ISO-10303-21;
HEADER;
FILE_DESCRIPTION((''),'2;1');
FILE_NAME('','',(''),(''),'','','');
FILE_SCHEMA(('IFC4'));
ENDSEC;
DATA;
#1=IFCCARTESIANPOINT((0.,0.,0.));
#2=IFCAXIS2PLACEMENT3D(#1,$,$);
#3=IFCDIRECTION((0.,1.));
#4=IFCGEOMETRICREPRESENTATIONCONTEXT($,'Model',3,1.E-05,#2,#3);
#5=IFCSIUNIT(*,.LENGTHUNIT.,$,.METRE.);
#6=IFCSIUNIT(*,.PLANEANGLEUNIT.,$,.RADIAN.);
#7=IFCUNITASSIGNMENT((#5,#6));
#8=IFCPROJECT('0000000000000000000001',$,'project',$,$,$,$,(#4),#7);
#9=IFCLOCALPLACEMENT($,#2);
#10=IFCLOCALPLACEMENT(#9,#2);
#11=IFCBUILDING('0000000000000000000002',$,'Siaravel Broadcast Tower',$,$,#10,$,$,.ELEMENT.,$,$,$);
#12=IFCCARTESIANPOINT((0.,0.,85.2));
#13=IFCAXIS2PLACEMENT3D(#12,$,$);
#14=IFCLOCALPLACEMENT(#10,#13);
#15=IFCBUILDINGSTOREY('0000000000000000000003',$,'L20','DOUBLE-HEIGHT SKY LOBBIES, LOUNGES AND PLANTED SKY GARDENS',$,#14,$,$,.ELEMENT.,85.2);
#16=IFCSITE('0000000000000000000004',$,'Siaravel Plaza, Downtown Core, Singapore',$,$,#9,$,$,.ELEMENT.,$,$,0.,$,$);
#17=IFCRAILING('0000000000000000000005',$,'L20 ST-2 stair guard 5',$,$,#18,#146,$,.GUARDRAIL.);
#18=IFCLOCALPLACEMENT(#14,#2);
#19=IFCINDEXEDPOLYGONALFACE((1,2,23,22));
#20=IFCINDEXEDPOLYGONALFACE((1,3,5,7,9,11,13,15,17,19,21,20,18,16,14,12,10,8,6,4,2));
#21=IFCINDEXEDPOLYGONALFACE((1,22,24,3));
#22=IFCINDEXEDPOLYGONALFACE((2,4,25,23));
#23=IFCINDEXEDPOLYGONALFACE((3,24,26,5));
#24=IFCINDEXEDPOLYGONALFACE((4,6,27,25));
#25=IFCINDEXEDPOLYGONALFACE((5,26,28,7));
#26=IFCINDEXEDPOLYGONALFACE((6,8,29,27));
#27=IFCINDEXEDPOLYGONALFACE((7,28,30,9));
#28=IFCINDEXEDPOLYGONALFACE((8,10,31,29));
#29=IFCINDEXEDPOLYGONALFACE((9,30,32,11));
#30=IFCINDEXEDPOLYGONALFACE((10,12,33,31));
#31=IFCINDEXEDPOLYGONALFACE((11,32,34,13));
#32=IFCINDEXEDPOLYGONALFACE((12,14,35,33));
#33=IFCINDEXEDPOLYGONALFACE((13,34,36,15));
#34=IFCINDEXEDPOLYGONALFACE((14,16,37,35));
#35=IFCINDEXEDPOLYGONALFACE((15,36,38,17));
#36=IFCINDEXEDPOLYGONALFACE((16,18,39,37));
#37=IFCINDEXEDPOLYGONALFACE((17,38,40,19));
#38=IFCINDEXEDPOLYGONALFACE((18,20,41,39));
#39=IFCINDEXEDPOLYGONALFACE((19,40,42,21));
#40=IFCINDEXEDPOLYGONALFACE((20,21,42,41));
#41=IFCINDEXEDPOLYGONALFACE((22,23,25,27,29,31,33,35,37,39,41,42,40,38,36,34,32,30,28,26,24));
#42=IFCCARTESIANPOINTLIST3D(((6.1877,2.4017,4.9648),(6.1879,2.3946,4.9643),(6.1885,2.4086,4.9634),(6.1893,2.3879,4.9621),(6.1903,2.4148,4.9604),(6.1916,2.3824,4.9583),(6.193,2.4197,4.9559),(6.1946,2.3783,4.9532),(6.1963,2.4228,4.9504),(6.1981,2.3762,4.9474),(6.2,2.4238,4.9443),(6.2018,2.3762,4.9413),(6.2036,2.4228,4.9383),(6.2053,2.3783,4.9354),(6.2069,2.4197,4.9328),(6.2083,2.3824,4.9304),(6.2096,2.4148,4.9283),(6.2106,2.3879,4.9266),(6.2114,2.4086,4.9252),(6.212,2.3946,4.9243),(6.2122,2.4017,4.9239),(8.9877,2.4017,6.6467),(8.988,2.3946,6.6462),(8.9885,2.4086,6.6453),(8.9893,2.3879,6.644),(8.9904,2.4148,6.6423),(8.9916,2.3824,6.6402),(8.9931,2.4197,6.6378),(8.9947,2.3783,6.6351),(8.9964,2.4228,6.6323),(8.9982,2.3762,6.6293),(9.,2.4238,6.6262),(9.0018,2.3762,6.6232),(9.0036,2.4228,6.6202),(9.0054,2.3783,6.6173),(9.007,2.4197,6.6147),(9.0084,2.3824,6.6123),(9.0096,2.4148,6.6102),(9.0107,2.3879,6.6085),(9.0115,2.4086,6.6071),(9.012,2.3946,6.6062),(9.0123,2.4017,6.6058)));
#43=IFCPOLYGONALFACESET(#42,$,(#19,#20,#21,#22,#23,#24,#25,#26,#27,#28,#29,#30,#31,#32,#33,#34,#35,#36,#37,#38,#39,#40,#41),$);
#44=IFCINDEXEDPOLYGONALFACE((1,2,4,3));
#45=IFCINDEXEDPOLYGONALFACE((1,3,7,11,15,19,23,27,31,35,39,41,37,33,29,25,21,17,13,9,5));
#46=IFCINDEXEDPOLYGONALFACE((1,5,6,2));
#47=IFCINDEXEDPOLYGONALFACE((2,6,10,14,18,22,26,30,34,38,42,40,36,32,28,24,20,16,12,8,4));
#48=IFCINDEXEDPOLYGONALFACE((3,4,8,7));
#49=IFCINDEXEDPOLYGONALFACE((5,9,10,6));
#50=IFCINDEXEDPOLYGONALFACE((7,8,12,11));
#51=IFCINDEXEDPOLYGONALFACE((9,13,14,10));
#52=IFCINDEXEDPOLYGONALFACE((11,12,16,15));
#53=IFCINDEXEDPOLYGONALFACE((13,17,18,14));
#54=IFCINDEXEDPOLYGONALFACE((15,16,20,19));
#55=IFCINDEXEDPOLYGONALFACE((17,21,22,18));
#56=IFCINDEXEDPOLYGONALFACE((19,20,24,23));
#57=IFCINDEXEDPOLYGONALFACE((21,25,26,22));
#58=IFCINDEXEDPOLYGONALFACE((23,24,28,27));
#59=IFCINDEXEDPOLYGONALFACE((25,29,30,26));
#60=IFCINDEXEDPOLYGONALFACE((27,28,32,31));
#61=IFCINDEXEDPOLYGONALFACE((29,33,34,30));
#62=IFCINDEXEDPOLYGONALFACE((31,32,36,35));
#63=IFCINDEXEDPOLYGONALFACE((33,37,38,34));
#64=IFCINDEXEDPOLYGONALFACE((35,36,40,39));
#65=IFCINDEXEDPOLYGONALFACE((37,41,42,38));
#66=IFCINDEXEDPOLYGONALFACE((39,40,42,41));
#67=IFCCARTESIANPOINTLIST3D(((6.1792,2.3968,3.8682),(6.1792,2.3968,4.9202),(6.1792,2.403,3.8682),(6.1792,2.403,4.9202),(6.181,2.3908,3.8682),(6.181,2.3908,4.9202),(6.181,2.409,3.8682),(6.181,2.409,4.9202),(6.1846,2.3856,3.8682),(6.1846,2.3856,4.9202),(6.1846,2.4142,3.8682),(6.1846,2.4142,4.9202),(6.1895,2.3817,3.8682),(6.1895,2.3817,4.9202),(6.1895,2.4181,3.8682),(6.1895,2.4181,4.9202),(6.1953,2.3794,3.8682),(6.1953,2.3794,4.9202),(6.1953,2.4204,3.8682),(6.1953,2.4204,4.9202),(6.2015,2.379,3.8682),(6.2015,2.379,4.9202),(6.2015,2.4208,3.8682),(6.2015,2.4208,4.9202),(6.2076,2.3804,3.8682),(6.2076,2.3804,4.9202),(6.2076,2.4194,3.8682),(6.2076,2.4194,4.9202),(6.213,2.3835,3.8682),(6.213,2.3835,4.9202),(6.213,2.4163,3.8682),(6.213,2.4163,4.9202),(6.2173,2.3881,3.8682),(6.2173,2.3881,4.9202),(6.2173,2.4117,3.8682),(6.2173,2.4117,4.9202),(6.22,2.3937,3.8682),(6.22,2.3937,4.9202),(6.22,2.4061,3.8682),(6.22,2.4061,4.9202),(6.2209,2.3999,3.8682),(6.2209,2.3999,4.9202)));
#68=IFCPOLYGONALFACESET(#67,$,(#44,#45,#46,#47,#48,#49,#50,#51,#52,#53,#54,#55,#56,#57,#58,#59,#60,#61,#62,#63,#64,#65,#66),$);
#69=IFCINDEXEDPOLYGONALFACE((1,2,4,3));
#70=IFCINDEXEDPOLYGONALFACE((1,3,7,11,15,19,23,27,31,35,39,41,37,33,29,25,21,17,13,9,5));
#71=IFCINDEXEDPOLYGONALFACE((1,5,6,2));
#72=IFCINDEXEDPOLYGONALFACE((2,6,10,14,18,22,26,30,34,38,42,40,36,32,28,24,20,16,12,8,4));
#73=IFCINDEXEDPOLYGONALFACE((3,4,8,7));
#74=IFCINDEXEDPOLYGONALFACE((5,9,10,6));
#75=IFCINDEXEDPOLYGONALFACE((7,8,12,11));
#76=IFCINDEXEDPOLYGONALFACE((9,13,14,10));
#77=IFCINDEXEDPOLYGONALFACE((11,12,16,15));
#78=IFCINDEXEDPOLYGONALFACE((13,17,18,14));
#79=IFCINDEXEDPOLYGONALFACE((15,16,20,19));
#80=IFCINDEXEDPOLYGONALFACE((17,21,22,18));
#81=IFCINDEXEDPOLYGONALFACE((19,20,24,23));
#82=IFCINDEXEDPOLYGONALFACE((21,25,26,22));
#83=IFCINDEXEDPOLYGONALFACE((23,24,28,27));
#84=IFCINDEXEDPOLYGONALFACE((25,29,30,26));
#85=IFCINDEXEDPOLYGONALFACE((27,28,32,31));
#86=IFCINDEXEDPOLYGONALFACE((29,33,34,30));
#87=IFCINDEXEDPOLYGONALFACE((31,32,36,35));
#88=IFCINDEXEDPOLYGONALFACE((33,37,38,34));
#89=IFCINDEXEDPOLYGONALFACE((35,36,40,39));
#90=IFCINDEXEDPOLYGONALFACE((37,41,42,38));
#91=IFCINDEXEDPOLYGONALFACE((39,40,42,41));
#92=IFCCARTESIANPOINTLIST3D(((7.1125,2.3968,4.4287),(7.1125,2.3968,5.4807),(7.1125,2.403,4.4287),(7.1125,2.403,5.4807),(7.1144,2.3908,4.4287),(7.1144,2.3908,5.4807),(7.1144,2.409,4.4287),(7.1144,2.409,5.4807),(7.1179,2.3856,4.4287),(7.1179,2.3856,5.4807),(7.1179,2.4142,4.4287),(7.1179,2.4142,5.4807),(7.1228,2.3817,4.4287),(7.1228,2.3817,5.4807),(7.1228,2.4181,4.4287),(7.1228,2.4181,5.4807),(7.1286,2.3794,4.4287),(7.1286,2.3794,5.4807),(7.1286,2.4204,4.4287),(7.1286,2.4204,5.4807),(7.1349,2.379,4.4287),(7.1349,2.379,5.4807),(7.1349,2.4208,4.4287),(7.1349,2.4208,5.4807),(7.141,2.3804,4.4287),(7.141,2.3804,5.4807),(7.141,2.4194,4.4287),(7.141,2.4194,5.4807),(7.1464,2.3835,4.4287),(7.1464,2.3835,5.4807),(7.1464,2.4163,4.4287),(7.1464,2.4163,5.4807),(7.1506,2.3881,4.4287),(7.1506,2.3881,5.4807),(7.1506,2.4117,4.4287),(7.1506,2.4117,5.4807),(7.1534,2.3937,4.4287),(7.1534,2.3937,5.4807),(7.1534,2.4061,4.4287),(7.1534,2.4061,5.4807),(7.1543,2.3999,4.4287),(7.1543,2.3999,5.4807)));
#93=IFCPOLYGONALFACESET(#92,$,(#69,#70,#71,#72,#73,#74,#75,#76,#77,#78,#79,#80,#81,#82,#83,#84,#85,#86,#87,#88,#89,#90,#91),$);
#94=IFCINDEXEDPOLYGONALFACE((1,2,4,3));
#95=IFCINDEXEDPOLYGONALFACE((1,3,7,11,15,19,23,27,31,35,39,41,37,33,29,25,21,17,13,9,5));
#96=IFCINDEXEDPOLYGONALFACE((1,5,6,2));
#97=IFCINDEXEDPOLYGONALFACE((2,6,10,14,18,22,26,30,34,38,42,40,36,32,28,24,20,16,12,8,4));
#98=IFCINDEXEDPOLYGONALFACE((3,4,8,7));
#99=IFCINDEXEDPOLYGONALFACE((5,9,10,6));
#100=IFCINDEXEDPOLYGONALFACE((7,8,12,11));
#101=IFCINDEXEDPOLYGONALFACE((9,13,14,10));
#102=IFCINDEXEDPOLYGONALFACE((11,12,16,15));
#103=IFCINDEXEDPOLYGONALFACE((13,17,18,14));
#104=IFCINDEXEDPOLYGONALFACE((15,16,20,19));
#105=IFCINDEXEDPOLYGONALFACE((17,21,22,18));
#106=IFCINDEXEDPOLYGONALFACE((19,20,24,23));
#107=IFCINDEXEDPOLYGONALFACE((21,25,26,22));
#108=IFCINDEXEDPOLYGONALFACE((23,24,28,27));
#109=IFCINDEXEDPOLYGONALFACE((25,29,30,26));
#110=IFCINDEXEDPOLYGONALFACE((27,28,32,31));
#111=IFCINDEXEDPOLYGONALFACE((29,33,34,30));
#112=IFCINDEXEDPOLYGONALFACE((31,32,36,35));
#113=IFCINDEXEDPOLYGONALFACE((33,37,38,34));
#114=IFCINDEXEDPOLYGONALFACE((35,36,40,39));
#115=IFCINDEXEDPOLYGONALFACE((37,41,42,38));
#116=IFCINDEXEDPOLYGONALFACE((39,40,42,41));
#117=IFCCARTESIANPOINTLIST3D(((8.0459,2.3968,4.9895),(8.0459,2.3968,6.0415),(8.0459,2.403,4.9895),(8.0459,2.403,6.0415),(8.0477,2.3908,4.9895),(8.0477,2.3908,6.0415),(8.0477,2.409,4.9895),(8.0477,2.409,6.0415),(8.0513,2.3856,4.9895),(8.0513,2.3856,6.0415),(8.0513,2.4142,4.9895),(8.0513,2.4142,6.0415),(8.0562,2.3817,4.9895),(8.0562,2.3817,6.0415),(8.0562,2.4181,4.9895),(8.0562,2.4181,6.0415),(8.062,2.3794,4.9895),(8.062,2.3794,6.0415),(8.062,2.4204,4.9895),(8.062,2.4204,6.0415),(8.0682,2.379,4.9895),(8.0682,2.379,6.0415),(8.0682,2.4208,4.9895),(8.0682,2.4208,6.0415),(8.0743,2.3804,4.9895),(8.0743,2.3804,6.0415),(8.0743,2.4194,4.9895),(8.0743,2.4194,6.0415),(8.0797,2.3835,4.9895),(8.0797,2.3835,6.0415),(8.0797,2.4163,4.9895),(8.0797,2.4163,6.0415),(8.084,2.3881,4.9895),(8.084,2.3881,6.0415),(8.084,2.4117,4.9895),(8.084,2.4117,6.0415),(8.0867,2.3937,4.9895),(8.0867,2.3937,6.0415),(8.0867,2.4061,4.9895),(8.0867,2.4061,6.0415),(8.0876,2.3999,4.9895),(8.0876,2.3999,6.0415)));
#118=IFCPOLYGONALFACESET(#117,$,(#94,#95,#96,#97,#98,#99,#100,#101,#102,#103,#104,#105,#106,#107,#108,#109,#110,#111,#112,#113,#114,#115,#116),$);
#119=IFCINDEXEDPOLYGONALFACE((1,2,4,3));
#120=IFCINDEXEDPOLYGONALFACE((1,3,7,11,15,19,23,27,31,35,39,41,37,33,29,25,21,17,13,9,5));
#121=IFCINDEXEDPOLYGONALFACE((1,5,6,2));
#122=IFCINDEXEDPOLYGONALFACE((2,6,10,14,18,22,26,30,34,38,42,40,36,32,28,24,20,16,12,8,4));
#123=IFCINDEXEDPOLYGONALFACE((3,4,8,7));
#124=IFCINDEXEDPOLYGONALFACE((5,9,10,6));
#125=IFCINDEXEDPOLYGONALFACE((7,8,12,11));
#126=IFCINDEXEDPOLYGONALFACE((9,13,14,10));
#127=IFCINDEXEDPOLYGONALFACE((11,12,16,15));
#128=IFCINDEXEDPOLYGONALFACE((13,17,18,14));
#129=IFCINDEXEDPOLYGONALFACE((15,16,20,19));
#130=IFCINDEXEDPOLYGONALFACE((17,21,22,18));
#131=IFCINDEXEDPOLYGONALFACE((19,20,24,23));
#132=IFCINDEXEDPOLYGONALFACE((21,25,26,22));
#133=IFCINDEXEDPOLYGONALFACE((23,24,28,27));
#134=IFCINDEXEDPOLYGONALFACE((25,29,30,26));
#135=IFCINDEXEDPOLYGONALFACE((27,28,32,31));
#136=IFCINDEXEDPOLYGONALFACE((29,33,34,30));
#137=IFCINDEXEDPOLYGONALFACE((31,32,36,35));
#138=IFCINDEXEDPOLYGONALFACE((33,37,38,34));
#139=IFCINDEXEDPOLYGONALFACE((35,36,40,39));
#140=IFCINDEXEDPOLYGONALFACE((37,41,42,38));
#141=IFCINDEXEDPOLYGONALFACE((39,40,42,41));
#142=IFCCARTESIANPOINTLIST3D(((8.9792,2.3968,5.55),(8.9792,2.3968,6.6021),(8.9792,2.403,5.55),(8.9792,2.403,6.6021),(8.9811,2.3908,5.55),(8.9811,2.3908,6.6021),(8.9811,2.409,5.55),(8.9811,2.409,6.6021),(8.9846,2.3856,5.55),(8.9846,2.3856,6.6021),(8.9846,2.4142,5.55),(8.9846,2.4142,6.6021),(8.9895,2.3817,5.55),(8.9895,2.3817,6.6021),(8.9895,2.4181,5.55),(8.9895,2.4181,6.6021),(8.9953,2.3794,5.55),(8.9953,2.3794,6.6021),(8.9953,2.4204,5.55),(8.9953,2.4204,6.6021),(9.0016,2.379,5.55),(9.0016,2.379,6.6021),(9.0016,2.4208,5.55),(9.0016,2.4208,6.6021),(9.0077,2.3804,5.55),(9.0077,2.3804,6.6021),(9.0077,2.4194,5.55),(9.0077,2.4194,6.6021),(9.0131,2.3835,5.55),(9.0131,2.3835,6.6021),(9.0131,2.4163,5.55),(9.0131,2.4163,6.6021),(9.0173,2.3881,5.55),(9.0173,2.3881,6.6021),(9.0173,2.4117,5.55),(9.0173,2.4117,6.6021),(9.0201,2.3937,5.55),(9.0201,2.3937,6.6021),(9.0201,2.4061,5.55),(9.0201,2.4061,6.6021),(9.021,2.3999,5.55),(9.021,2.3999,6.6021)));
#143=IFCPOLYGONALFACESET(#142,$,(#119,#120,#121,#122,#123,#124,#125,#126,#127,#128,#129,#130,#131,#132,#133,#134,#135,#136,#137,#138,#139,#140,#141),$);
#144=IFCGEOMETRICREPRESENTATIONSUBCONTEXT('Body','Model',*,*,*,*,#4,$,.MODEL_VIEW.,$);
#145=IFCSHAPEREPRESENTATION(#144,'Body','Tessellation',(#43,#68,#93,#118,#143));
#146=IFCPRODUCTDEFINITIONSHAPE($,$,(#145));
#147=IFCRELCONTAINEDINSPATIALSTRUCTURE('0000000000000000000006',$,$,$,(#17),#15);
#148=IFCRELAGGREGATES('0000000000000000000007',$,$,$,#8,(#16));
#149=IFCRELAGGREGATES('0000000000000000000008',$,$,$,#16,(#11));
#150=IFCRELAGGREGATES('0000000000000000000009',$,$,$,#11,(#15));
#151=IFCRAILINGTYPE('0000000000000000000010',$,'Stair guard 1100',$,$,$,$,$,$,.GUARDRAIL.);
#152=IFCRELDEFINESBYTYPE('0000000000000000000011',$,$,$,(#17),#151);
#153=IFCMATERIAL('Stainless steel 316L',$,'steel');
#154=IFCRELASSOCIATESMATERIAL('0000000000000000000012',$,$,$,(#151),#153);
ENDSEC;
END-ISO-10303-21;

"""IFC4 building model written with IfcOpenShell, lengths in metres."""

from ifc_helpers import new_model, si_unit, direction, frame, origin, origin_2d, place, context, subcontext, project, spatial, circle, extrude, material, type_object, element, save


model = new_model("IFC4")

# Units and contexts
model_context = context("Model", 3, precision=1e-05, world=origin(), true_north=direction((0.0, 1.0)))
body_context = subcontext(model_context, "Body", "Model", "MODEL_VIEW")
ifc_project = project(units=[si_unit("LENGTHUNIT", "METRE"), si_unit("PLANEANGLEUNIT", "RADIAN")], contexts=[model_context])

# Site, building, storey
site_placement = place(None, origin())
site = spatial("IfcSite", under=ifc_project, at=site_placement, Name="Siaravel Plaza, Downtown Core, Singapore", CompositionType="ELEMENT", RefElevation=0.0)
building_placement = place(site_placement, origin())
building = spatial("IfcBuilding", under=site, at=building_placement, Name="Siaravel Broadcast Tower", CompositionType="ELEMENT")
storey_placement = place(building_placement, frame((0.0, 0.0, 85.2)))
storey = spatial("IfcBuildingStorey", under=building, at=storey_placement, Name="L20", Description="DOUBLE-HEIGHT SKY LOBBIES, LOUNGES AND PLANTED SKY GARDENS", CompositionType="ELEMENT", Elevation=85.2)

# Railing
ifc_material_1 = material(Name="Stainless steel 316L", Category="steel")
railing_type_1 = type_object("IfcRailingType", Name="Stair guard 1100", PredefinedType="GUARDRAIL", material=ifc_material_1)
railing_1_placement = place(storey_placement, frame((6.2, 2.3999, 3.8682)))
element("IfcRailing", 1, at=railing_1_placement, inside=storey, type_object=railing_type_1, Name="L20 ST-2 stair guard 5", PredefinedType="GUARDRAIL", context=body_context, shape_type="SweptSolid", body=[
    extrude(circle(Radius=0.0239, at=origin_2d()), frame((0.0, 0.0, 1.0762), z_axis=(0.857242, 0.0, 0.514913), x_axis=(0.0, 1.0, 0.0)), (0.0, 0.0, 1.0), 3.2664),
    extrude(circle(Radius=0.021, at=origin_2d()), origin(), (0.0, 0.0, 1.0), 1.052),
    extrude(circle(Radius=0.021, at=origin_2d()), frame((0.9333, 0.0, 0.5605)), (0.0, 0.0, 1.0), 1.052),
    extrude(circle(Radius=0.021, at=origin_2d()), frame((1.8667, 0.0, 1.1213)), (0.0, 0.0, 1.0), 1.052),
    extrude(circle(Radius=0.021, at=origin_2d()), frame((2.8, 0.0, 1.6819)), (0.0, 0.0, 1.0), 1.052),
])

save(model, "model.ifc")
